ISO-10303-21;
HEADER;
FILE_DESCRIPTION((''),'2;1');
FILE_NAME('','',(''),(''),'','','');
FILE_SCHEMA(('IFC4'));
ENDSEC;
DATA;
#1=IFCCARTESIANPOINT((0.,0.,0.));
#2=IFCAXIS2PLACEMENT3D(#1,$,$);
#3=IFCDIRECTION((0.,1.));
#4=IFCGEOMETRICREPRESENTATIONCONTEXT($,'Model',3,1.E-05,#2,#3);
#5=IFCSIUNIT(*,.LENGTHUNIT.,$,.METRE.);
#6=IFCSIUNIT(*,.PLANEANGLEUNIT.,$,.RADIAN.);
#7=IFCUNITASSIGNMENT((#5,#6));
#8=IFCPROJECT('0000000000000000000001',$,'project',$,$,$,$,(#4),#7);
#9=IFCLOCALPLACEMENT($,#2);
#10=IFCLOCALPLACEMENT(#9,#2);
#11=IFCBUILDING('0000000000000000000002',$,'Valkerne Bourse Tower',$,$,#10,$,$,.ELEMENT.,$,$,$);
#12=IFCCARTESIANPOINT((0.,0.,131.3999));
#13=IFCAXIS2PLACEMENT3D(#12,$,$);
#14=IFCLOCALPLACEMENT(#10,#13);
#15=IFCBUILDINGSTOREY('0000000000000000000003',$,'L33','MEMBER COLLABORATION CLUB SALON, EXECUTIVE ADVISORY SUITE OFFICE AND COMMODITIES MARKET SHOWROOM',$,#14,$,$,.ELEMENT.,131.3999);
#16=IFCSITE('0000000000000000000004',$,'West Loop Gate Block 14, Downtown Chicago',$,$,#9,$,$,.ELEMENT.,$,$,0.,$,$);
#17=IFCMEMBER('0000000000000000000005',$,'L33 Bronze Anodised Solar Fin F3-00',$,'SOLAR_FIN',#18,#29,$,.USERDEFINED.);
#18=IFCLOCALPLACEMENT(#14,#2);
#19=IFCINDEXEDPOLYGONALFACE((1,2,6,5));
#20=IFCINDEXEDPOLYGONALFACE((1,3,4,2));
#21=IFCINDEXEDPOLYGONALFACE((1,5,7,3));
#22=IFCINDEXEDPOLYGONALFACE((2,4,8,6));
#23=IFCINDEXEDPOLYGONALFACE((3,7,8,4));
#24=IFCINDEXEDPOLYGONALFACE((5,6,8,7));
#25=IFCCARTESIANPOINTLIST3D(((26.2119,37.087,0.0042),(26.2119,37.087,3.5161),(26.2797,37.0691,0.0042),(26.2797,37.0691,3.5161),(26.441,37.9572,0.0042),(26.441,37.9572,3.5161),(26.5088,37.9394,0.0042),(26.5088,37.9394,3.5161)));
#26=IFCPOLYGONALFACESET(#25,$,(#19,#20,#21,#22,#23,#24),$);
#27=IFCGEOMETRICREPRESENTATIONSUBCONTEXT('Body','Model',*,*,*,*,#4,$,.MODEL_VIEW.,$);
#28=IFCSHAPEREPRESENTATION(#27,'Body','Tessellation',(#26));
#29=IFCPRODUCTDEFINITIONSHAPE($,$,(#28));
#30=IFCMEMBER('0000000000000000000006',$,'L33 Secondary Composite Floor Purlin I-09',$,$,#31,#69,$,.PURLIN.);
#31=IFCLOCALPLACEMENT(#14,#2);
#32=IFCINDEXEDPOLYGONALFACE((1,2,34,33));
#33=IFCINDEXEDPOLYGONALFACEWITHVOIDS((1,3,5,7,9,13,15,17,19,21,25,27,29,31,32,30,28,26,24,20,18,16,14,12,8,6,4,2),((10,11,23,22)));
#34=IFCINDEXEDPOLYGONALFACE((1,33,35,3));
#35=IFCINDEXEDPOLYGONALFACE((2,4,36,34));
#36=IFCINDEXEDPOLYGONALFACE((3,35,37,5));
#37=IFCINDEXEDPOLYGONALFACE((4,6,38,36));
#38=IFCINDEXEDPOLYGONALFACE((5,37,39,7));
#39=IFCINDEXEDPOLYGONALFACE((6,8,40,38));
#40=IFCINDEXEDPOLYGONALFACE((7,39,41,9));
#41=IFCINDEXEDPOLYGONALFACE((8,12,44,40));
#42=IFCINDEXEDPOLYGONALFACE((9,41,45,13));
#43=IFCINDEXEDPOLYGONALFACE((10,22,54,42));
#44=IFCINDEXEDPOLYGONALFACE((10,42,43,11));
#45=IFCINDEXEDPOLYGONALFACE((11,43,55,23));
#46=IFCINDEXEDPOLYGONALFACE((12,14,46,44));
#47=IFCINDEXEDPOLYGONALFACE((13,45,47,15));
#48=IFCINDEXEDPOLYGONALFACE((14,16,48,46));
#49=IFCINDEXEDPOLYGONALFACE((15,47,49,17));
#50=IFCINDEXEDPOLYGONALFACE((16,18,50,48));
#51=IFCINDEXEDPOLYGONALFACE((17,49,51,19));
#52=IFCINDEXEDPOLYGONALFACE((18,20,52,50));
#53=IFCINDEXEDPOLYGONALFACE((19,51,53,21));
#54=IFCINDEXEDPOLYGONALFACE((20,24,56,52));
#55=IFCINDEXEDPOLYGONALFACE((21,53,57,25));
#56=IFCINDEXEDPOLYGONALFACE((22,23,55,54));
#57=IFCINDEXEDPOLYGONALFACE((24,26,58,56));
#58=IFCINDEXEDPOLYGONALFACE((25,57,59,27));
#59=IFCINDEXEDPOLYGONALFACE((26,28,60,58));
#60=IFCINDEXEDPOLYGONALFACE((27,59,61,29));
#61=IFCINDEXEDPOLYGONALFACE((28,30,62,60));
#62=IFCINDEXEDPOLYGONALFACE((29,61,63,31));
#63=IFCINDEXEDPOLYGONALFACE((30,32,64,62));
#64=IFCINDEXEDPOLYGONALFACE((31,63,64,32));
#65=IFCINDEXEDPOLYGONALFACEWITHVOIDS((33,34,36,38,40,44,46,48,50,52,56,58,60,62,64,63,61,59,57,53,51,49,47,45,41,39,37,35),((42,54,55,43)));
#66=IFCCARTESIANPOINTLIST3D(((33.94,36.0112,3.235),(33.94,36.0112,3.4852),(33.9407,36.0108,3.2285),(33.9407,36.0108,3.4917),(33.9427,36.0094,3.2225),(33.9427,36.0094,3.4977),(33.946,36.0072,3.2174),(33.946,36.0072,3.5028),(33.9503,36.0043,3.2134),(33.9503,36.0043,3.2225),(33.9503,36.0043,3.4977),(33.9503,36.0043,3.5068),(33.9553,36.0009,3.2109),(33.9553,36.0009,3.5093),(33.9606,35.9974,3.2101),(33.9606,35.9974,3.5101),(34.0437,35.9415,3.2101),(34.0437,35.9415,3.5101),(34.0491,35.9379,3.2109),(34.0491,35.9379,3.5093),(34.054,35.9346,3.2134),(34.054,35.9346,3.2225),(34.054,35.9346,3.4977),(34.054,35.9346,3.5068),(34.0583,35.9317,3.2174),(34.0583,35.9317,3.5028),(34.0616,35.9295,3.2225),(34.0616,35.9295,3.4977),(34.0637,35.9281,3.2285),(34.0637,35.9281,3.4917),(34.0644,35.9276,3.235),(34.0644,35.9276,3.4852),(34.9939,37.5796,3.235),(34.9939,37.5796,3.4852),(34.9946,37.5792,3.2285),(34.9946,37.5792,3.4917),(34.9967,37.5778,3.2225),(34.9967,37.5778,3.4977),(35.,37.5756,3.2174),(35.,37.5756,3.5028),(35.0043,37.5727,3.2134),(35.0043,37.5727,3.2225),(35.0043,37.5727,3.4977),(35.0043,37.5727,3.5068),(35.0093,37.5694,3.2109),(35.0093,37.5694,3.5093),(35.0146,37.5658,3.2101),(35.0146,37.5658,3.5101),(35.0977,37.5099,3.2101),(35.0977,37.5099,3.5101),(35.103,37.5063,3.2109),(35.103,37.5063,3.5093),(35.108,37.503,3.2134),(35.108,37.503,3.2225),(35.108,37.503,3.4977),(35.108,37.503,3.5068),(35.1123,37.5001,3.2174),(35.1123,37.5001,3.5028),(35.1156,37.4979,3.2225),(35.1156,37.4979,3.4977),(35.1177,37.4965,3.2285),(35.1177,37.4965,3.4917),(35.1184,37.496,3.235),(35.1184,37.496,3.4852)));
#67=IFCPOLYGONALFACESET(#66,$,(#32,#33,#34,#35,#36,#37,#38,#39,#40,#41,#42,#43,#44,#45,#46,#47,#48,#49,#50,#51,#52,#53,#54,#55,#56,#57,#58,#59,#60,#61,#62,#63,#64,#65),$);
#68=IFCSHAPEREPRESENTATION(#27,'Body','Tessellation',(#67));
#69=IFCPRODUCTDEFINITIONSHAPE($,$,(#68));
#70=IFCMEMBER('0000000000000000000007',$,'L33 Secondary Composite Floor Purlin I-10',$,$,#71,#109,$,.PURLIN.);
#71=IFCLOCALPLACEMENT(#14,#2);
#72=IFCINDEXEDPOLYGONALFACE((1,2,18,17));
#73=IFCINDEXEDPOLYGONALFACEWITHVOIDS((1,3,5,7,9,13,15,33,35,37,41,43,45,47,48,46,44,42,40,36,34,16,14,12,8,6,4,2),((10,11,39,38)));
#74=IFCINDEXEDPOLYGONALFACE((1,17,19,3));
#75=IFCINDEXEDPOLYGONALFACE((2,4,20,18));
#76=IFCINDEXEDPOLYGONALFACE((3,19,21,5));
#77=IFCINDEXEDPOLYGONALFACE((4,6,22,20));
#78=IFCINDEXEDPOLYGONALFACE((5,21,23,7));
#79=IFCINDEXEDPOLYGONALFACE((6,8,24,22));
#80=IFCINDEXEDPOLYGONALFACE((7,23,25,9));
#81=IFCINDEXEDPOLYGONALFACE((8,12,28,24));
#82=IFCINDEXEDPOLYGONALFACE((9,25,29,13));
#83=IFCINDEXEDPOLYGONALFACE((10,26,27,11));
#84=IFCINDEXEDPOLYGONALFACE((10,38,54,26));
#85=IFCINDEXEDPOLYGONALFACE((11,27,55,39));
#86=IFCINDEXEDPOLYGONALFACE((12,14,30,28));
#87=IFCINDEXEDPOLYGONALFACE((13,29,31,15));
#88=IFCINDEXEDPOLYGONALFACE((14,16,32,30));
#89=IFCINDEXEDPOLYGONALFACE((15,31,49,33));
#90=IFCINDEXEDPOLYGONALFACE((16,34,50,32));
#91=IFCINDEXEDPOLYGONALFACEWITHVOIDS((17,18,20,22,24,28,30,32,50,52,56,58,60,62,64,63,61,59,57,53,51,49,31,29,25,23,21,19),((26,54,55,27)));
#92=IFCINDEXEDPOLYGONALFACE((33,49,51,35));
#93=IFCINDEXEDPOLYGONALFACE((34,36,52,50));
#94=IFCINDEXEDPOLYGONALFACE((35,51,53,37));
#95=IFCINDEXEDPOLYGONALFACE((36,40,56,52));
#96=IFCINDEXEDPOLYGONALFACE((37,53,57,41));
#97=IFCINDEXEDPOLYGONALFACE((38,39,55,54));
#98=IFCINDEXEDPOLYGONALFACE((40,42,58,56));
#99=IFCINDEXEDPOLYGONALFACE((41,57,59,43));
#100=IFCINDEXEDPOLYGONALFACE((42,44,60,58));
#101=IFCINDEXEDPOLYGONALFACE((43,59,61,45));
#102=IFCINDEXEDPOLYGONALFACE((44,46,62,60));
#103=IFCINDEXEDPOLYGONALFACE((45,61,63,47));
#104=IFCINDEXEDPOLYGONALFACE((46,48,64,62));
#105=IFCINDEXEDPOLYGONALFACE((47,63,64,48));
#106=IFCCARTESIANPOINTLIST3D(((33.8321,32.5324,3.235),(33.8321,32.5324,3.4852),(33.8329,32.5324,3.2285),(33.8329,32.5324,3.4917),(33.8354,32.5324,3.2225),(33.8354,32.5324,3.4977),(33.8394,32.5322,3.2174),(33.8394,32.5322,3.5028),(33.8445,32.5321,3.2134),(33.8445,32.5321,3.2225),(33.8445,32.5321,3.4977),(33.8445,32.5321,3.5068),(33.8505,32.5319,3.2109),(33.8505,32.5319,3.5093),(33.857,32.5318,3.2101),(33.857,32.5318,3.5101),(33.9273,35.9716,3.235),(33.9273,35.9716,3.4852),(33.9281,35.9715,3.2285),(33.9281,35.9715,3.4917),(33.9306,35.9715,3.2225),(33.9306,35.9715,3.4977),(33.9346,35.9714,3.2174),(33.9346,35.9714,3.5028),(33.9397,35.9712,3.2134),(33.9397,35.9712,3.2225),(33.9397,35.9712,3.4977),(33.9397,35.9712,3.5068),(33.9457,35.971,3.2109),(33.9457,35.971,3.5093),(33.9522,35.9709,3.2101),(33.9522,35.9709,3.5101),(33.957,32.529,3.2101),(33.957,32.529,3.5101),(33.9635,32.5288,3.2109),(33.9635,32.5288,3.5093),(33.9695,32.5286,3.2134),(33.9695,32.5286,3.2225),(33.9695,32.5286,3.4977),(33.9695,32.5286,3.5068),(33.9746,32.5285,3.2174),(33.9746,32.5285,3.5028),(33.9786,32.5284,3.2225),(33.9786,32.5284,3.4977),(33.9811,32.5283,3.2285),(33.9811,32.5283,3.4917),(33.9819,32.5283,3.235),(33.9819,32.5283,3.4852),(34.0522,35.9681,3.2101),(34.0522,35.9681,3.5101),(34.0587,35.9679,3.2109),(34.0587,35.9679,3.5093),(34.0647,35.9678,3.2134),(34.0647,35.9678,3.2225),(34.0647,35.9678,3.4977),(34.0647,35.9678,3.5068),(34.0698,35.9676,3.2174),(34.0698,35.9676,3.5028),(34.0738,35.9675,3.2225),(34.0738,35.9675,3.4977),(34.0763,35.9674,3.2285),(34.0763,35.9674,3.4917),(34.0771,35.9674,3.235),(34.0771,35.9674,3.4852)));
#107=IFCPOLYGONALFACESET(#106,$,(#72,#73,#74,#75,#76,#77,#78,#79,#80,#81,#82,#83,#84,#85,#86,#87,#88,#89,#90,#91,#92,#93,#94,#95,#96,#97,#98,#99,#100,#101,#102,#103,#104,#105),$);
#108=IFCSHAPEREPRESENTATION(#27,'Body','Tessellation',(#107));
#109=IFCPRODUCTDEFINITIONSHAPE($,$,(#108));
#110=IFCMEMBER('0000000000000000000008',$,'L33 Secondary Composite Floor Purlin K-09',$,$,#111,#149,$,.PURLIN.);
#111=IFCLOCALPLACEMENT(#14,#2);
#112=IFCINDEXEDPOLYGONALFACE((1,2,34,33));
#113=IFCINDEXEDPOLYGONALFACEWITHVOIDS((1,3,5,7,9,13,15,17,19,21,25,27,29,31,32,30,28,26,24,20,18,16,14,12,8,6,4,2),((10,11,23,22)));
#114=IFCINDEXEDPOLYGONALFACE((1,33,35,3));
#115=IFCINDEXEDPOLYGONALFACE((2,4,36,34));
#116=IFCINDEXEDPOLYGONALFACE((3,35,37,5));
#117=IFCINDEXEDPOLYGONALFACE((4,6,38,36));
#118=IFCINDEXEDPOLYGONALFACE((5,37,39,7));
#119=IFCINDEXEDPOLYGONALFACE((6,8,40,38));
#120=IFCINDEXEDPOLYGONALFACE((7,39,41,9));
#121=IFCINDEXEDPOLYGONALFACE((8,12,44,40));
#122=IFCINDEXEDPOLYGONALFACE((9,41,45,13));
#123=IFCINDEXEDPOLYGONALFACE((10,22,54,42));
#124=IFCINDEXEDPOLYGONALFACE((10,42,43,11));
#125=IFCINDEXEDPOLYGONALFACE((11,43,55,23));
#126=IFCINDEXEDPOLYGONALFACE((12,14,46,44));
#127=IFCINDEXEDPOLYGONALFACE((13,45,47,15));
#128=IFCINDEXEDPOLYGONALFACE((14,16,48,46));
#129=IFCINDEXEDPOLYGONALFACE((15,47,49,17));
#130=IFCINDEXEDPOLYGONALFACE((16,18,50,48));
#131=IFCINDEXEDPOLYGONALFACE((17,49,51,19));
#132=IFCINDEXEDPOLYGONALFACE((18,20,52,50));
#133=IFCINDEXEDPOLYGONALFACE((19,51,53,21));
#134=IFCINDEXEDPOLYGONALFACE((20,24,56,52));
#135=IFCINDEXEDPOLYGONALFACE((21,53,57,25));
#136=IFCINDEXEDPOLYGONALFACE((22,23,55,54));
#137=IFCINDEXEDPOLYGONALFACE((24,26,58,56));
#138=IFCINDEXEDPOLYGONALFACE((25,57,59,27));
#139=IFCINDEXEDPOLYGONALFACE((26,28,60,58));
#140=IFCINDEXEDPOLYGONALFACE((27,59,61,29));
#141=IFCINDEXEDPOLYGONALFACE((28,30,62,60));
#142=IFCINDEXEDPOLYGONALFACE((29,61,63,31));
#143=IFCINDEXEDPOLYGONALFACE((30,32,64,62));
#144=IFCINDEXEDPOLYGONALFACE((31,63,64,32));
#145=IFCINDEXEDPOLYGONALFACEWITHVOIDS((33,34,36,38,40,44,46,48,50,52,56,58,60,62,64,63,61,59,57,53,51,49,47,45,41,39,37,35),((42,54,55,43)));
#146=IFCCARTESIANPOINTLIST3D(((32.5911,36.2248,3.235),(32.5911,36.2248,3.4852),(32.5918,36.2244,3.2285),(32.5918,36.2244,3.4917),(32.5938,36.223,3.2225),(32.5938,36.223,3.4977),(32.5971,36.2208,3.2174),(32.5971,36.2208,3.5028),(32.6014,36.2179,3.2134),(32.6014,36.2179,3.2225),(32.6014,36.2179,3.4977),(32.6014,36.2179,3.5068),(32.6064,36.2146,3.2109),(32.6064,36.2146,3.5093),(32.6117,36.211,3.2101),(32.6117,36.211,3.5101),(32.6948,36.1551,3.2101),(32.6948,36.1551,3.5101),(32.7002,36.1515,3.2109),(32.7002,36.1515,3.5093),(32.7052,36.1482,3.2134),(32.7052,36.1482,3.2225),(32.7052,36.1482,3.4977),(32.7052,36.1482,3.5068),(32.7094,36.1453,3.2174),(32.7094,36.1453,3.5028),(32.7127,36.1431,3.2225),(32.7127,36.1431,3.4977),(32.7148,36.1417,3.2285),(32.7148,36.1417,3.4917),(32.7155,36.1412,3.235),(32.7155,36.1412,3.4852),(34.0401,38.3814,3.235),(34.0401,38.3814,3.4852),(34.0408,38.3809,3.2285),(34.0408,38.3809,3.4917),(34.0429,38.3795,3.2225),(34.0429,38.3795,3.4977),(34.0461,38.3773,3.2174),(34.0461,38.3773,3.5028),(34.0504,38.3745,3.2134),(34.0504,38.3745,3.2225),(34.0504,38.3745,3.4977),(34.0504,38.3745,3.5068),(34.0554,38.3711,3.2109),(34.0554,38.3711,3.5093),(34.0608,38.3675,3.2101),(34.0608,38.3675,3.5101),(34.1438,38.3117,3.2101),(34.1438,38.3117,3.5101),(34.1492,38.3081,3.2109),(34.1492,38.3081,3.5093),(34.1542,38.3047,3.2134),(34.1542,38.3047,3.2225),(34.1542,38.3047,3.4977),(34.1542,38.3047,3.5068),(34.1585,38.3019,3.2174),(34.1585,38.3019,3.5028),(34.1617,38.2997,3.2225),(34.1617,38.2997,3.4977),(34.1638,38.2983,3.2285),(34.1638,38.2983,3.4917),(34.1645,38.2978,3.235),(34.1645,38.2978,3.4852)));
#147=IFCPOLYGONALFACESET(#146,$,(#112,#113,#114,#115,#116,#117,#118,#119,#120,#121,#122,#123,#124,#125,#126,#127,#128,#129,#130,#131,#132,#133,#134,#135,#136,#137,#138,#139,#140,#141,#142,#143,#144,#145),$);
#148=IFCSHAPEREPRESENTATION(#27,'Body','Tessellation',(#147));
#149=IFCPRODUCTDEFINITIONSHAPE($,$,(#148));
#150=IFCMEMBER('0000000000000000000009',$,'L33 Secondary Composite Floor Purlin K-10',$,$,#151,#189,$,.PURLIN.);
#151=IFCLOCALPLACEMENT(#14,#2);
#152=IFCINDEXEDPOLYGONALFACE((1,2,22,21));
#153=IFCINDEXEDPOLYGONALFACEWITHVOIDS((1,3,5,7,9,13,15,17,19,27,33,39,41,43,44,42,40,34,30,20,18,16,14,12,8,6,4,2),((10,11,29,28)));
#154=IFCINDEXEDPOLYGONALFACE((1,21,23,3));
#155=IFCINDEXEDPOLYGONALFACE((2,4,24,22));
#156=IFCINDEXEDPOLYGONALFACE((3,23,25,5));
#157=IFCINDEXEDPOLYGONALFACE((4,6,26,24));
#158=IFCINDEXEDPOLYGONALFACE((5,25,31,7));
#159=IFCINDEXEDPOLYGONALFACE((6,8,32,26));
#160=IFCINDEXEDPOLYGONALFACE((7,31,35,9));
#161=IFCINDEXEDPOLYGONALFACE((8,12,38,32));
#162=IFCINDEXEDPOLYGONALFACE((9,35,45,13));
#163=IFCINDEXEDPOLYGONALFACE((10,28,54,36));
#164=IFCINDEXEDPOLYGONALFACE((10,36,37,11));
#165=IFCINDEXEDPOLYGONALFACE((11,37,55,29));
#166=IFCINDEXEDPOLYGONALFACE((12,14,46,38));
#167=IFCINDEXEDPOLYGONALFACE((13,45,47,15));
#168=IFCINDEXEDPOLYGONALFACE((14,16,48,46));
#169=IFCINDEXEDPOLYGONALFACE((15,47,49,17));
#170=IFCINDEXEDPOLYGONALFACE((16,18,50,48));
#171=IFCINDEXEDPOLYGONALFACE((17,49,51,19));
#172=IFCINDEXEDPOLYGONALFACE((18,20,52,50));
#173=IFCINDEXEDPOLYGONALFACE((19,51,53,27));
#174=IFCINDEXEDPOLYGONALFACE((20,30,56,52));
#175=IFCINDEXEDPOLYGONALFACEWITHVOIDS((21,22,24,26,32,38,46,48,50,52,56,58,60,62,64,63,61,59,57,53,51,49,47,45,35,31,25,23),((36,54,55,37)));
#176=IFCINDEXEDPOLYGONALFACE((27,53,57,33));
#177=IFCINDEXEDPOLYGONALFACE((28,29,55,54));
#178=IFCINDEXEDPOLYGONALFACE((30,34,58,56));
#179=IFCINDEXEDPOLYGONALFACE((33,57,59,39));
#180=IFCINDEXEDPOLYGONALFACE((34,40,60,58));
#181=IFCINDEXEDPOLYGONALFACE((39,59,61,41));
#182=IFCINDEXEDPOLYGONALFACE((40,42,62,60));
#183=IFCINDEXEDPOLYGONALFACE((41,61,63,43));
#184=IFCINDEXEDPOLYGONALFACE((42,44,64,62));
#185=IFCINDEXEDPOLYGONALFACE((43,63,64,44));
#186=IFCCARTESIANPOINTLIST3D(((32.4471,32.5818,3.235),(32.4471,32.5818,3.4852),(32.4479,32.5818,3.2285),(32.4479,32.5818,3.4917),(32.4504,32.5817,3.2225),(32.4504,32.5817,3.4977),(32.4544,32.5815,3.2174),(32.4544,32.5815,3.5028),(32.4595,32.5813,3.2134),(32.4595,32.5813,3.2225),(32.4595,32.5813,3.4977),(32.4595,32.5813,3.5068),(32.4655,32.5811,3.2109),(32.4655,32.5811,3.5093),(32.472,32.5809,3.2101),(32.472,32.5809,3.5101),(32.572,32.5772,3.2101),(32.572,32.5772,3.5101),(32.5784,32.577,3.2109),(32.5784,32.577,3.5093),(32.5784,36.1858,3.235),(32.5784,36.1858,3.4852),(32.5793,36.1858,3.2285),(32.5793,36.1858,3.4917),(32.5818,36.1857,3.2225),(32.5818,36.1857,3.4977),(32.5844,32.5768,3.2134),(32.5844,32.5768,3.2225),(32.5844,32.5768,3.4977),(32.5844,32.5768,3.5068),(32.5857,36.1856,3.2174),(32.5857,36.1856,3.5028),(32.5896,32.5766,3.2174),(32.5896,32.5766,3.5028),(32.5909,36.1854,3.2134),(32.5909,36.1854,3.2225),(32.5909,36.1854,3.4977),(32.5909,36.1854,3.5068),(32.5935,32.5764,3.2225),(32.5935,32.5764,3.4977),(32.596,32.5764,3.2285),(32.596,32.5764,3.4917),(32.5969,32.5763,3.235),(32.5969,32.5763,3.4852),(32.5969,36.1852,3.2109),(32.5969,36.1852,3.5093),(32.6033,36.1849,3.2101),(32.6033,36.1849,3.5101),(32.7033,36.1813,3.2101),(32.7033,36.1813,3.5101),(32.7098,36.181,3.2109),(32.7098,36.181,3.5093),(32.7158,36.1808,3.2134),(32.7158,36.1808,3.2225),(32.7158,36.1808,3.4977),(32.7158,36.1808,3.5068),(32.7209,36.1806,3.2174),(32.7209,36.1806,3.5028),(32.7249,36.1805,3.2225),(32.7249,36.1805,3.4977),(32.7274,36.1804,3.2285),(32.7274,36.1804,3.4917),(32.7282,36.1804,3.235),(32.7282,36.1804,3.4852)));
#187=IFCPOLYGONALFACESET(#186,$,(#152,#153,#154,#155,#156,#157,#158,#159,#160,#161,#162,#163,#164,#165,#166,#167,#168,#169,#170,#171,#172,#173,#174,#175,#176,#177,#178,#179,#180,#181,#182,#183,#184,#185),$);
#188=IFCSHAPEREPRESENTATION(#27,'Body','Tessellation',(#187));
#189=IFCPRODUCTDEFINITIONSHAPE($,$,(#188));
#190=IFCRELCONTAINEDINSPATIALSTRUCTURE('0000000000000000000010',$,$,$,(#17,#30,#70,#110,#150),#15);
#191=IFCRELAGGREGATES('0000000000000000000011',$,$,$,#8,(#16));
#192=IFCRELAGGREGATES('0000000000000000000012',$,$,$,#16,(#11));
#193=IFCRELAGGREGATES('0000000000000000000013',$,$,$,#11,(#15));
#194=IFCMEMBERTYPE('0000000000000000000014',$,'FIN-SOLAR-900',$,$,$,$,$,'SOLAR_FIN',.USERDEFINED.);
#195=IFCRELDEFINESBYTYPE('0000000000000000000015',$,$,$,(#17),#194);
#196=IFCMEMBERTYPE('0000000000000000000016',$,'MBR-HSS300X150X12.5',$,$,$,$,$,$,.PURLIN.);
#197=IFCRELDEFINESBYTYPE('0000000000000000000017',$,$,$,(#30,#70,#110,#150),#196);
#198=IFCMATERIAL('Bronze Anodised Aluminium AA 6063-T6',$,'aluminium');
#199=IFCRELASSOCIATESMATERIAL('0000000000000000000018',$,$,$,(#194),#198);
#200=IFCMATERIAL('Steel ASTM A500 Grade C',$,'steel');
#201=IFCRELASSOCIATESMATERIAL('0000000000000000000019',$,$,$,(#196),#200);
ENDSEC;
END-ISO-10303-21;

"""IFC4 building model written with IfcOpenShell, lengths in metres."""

from ifc_helpers import new_model, si_unit, direction, frame, origin, origin_2d, place, context, subcontext, project, spatial, rectangle, hollow_rectangle, extrude, material, material_profile, profile_set, type_object, element, save


model = new_model("IFC4")

# Units and contexts
model_context = context("Model", 3, precision=1e-05, world=origin(), true_north=direction((0.0, 1.0)))
body_context = subcontext(model_context, "Body", "Model", "MODEL_VIEW")
ifc_project = project(units=[si_unit("LENGTHUNIT", "METRE"), si_unit("PLANEANGLEUNIT", "RADIAN")], contexts=[model_context])

# Site, building, storey
site_placement = place(None, origin())
site = spatial("IfcSite", under=ifc_project, at=site_placement, Name="West Loop Gate Block 14, Downtown Chicago", CompositionType="ELEMENT", RefElevation=0.0)
building_placement = place(site_placement, origin())
building = spatial("IfcBuilding", under=site, at=building_placement, Name="Valkerne Bourse Tower", CompositionType="ELEMENT")
storey_placement = place(building_placement, frame((0.0, 0.0, 131.3999)))
storey = spatial("IfcBuildingStorey", under=building, at=storey_placement, Name="L33", Description="MEMBER COLLABORATION CLUB SALON, EXECUTIVE ADVISORY SUITE OFFICE AND COMMODITIES MARKET SHOWROOM", CompositionType="ELEMENT", Elevation=131.3999)

# Members
ifc_material_1 = material(Name="Bronze Anodised Aluminium AA 6063-T6", Category="aluminium")
ifc_material_profile_1 = material_profile(ifc_material_1, rectangle(XDim=0.0701, YDim=0.8999, at=origin_2d()), Name="FIN-70X900")
ifc_profile_set_1 = profile_set([ifc_material_profile_1], Name="Bronze Anodised Aluminium AA 6063-T6")
member_type_1 = type_object("IfcMemberType", Name="FIN-SOLAR-900", ElementType="SOLAR_FIN", PredefinedType="USERDEFINED", material=ifc_profile_set_1)
member_1_placement = place(storey_placement, frame((26.3604, 37.5132, 0.0042), z_axis=(0.0, 0.0, 1.0), x_axis=(-0.967038, 0.254633, 0.0)))
element("IfcMember", 1, at=member_1_placement, inside=storey, type_object=member_type_1, Name="L33 Bronze Anodised Solar Fin F3-00", ObjectType="SOLAR_FIN", PredefinedType="USERDEFINED", context=body_context, shape_type="SweptSolid", body=[
    extrude(rectangle(XDim=0.0701, YDim=0.8999, at=origin_2d()), origin(), (0.0, 0.0, 1.0), 3.512),
])
ifc_material_2 = material(Name="Steel ASTM A500 Grade C", Category="steel")
ifc_material_profile_2 = material_profile(ifc_material_2, hollow_rectangle(XDim=0.1499, YDim=0.3, WallThickness=0.0125, OuterFilletRadius=0.0249, at=origin_2d()), Name="HSS300X150X12.5")
ifc_profile_set_2 = profile_set([ifc_material_profile_2], Name="Steel ASTM A500 Grade C")
member_type_2 = type_object("IfcMemberType", Name="MBR-HSS300X150X12.5", PredefinedType="PURLIN", material=ifc_profile_set_2)
member_2_placement = place(storey_placement, frame((35.0562, 37.5378, 3.3601), z_axis=(-0.557767, -0.829997, 0.0), x_axis=(0.829997, -0.557767, 0.0)))
element("IfcMember", 2, at=member_2_placement, inside=storey, type_object=member_type_2, Name="L33 Secondary Composite Floor Purlin I-09", PredefinedType="PURLIN", context=body_context, shape_type="SweptSolid", body=[
    extrude(hollow_rectangle(XDim=0.1499, YDim=0.3, WallThickness=0.0125, OuterFilletRadius=0.0249, at=origin_2d()), origin(), (0.0, 0.0, 1.0), 1.8896),
])
member_3_placement = place(storey_placement, frame((34.0022, 35.9695, 3.3601), z_axis=(-0.027674, -0.999617, 0.0), x_axis=(0.999617, -0.027674, 0.0)))
element("IfcMember", 3, at=member_3_placement, inside=storey, type_object=member_type_2, Name="L33 Secondary Composite Floor Purlin I-10", PredefinedType="PURLIN", context=body_context, shape_type="SweptSolid", body=[
    extrude(hollow_rectangle(XDim=0.1499, YDim=0.3, WallThickness=0.0125, OuterFilletRadius=0.0249, at=origin_2d()), origin(), (0.0, 0.0, 1.0), 3.4404),
])
member_4_placement = place(storey_placement, frame((34.1023, 38.3396, 3.3601), z_axis=(-0.557711, -0.830035, 0.0), x_axis=(0.830035, -0.557711, 0.0)))
element("IfcMember", 4, at=member_4_placement, inside=storey, type_object=member_type_2, Name="L33 Secondary Composite Floor Purlin K-09", PredefinedType="PURLIN", context=body_context, shape_type="SweptSolid", body=[
    extrude(hollow_rectangle(XDim=0.1499, YDim=0.3, WallThickness=0.0125, OuterFilletRadius=0.0249, at=origin_2d()), origin(), (0.0, 0.0, 1.0), 2.5981),
])
member_5_placement = place(storey_placement, frame((32.6533, 36.1831, 3.3601), z_axis=(-0.036421, -0.999337, 0.0), x_axis=(0.999337, -0.036421, 0.0)))
element("IfcMember", 5, at=member_5_placement, inside=storey, type_object=member_type_2, Name="L33 Secondary Composite Floor Purlin K-10", PredefinedType="PURLIN", context=body_context, shape_type="SweptSolid", body=[
    extrude(hollow_rectangle(XDim=0.1499, YDim=0.3, WallThickness=0.0125, OuterFilletRadius=0.0249, at=origin_2d()), origin(), (0.0, 0.0, 1.0), 3.6064),
])

save(model, "model.ifc")
